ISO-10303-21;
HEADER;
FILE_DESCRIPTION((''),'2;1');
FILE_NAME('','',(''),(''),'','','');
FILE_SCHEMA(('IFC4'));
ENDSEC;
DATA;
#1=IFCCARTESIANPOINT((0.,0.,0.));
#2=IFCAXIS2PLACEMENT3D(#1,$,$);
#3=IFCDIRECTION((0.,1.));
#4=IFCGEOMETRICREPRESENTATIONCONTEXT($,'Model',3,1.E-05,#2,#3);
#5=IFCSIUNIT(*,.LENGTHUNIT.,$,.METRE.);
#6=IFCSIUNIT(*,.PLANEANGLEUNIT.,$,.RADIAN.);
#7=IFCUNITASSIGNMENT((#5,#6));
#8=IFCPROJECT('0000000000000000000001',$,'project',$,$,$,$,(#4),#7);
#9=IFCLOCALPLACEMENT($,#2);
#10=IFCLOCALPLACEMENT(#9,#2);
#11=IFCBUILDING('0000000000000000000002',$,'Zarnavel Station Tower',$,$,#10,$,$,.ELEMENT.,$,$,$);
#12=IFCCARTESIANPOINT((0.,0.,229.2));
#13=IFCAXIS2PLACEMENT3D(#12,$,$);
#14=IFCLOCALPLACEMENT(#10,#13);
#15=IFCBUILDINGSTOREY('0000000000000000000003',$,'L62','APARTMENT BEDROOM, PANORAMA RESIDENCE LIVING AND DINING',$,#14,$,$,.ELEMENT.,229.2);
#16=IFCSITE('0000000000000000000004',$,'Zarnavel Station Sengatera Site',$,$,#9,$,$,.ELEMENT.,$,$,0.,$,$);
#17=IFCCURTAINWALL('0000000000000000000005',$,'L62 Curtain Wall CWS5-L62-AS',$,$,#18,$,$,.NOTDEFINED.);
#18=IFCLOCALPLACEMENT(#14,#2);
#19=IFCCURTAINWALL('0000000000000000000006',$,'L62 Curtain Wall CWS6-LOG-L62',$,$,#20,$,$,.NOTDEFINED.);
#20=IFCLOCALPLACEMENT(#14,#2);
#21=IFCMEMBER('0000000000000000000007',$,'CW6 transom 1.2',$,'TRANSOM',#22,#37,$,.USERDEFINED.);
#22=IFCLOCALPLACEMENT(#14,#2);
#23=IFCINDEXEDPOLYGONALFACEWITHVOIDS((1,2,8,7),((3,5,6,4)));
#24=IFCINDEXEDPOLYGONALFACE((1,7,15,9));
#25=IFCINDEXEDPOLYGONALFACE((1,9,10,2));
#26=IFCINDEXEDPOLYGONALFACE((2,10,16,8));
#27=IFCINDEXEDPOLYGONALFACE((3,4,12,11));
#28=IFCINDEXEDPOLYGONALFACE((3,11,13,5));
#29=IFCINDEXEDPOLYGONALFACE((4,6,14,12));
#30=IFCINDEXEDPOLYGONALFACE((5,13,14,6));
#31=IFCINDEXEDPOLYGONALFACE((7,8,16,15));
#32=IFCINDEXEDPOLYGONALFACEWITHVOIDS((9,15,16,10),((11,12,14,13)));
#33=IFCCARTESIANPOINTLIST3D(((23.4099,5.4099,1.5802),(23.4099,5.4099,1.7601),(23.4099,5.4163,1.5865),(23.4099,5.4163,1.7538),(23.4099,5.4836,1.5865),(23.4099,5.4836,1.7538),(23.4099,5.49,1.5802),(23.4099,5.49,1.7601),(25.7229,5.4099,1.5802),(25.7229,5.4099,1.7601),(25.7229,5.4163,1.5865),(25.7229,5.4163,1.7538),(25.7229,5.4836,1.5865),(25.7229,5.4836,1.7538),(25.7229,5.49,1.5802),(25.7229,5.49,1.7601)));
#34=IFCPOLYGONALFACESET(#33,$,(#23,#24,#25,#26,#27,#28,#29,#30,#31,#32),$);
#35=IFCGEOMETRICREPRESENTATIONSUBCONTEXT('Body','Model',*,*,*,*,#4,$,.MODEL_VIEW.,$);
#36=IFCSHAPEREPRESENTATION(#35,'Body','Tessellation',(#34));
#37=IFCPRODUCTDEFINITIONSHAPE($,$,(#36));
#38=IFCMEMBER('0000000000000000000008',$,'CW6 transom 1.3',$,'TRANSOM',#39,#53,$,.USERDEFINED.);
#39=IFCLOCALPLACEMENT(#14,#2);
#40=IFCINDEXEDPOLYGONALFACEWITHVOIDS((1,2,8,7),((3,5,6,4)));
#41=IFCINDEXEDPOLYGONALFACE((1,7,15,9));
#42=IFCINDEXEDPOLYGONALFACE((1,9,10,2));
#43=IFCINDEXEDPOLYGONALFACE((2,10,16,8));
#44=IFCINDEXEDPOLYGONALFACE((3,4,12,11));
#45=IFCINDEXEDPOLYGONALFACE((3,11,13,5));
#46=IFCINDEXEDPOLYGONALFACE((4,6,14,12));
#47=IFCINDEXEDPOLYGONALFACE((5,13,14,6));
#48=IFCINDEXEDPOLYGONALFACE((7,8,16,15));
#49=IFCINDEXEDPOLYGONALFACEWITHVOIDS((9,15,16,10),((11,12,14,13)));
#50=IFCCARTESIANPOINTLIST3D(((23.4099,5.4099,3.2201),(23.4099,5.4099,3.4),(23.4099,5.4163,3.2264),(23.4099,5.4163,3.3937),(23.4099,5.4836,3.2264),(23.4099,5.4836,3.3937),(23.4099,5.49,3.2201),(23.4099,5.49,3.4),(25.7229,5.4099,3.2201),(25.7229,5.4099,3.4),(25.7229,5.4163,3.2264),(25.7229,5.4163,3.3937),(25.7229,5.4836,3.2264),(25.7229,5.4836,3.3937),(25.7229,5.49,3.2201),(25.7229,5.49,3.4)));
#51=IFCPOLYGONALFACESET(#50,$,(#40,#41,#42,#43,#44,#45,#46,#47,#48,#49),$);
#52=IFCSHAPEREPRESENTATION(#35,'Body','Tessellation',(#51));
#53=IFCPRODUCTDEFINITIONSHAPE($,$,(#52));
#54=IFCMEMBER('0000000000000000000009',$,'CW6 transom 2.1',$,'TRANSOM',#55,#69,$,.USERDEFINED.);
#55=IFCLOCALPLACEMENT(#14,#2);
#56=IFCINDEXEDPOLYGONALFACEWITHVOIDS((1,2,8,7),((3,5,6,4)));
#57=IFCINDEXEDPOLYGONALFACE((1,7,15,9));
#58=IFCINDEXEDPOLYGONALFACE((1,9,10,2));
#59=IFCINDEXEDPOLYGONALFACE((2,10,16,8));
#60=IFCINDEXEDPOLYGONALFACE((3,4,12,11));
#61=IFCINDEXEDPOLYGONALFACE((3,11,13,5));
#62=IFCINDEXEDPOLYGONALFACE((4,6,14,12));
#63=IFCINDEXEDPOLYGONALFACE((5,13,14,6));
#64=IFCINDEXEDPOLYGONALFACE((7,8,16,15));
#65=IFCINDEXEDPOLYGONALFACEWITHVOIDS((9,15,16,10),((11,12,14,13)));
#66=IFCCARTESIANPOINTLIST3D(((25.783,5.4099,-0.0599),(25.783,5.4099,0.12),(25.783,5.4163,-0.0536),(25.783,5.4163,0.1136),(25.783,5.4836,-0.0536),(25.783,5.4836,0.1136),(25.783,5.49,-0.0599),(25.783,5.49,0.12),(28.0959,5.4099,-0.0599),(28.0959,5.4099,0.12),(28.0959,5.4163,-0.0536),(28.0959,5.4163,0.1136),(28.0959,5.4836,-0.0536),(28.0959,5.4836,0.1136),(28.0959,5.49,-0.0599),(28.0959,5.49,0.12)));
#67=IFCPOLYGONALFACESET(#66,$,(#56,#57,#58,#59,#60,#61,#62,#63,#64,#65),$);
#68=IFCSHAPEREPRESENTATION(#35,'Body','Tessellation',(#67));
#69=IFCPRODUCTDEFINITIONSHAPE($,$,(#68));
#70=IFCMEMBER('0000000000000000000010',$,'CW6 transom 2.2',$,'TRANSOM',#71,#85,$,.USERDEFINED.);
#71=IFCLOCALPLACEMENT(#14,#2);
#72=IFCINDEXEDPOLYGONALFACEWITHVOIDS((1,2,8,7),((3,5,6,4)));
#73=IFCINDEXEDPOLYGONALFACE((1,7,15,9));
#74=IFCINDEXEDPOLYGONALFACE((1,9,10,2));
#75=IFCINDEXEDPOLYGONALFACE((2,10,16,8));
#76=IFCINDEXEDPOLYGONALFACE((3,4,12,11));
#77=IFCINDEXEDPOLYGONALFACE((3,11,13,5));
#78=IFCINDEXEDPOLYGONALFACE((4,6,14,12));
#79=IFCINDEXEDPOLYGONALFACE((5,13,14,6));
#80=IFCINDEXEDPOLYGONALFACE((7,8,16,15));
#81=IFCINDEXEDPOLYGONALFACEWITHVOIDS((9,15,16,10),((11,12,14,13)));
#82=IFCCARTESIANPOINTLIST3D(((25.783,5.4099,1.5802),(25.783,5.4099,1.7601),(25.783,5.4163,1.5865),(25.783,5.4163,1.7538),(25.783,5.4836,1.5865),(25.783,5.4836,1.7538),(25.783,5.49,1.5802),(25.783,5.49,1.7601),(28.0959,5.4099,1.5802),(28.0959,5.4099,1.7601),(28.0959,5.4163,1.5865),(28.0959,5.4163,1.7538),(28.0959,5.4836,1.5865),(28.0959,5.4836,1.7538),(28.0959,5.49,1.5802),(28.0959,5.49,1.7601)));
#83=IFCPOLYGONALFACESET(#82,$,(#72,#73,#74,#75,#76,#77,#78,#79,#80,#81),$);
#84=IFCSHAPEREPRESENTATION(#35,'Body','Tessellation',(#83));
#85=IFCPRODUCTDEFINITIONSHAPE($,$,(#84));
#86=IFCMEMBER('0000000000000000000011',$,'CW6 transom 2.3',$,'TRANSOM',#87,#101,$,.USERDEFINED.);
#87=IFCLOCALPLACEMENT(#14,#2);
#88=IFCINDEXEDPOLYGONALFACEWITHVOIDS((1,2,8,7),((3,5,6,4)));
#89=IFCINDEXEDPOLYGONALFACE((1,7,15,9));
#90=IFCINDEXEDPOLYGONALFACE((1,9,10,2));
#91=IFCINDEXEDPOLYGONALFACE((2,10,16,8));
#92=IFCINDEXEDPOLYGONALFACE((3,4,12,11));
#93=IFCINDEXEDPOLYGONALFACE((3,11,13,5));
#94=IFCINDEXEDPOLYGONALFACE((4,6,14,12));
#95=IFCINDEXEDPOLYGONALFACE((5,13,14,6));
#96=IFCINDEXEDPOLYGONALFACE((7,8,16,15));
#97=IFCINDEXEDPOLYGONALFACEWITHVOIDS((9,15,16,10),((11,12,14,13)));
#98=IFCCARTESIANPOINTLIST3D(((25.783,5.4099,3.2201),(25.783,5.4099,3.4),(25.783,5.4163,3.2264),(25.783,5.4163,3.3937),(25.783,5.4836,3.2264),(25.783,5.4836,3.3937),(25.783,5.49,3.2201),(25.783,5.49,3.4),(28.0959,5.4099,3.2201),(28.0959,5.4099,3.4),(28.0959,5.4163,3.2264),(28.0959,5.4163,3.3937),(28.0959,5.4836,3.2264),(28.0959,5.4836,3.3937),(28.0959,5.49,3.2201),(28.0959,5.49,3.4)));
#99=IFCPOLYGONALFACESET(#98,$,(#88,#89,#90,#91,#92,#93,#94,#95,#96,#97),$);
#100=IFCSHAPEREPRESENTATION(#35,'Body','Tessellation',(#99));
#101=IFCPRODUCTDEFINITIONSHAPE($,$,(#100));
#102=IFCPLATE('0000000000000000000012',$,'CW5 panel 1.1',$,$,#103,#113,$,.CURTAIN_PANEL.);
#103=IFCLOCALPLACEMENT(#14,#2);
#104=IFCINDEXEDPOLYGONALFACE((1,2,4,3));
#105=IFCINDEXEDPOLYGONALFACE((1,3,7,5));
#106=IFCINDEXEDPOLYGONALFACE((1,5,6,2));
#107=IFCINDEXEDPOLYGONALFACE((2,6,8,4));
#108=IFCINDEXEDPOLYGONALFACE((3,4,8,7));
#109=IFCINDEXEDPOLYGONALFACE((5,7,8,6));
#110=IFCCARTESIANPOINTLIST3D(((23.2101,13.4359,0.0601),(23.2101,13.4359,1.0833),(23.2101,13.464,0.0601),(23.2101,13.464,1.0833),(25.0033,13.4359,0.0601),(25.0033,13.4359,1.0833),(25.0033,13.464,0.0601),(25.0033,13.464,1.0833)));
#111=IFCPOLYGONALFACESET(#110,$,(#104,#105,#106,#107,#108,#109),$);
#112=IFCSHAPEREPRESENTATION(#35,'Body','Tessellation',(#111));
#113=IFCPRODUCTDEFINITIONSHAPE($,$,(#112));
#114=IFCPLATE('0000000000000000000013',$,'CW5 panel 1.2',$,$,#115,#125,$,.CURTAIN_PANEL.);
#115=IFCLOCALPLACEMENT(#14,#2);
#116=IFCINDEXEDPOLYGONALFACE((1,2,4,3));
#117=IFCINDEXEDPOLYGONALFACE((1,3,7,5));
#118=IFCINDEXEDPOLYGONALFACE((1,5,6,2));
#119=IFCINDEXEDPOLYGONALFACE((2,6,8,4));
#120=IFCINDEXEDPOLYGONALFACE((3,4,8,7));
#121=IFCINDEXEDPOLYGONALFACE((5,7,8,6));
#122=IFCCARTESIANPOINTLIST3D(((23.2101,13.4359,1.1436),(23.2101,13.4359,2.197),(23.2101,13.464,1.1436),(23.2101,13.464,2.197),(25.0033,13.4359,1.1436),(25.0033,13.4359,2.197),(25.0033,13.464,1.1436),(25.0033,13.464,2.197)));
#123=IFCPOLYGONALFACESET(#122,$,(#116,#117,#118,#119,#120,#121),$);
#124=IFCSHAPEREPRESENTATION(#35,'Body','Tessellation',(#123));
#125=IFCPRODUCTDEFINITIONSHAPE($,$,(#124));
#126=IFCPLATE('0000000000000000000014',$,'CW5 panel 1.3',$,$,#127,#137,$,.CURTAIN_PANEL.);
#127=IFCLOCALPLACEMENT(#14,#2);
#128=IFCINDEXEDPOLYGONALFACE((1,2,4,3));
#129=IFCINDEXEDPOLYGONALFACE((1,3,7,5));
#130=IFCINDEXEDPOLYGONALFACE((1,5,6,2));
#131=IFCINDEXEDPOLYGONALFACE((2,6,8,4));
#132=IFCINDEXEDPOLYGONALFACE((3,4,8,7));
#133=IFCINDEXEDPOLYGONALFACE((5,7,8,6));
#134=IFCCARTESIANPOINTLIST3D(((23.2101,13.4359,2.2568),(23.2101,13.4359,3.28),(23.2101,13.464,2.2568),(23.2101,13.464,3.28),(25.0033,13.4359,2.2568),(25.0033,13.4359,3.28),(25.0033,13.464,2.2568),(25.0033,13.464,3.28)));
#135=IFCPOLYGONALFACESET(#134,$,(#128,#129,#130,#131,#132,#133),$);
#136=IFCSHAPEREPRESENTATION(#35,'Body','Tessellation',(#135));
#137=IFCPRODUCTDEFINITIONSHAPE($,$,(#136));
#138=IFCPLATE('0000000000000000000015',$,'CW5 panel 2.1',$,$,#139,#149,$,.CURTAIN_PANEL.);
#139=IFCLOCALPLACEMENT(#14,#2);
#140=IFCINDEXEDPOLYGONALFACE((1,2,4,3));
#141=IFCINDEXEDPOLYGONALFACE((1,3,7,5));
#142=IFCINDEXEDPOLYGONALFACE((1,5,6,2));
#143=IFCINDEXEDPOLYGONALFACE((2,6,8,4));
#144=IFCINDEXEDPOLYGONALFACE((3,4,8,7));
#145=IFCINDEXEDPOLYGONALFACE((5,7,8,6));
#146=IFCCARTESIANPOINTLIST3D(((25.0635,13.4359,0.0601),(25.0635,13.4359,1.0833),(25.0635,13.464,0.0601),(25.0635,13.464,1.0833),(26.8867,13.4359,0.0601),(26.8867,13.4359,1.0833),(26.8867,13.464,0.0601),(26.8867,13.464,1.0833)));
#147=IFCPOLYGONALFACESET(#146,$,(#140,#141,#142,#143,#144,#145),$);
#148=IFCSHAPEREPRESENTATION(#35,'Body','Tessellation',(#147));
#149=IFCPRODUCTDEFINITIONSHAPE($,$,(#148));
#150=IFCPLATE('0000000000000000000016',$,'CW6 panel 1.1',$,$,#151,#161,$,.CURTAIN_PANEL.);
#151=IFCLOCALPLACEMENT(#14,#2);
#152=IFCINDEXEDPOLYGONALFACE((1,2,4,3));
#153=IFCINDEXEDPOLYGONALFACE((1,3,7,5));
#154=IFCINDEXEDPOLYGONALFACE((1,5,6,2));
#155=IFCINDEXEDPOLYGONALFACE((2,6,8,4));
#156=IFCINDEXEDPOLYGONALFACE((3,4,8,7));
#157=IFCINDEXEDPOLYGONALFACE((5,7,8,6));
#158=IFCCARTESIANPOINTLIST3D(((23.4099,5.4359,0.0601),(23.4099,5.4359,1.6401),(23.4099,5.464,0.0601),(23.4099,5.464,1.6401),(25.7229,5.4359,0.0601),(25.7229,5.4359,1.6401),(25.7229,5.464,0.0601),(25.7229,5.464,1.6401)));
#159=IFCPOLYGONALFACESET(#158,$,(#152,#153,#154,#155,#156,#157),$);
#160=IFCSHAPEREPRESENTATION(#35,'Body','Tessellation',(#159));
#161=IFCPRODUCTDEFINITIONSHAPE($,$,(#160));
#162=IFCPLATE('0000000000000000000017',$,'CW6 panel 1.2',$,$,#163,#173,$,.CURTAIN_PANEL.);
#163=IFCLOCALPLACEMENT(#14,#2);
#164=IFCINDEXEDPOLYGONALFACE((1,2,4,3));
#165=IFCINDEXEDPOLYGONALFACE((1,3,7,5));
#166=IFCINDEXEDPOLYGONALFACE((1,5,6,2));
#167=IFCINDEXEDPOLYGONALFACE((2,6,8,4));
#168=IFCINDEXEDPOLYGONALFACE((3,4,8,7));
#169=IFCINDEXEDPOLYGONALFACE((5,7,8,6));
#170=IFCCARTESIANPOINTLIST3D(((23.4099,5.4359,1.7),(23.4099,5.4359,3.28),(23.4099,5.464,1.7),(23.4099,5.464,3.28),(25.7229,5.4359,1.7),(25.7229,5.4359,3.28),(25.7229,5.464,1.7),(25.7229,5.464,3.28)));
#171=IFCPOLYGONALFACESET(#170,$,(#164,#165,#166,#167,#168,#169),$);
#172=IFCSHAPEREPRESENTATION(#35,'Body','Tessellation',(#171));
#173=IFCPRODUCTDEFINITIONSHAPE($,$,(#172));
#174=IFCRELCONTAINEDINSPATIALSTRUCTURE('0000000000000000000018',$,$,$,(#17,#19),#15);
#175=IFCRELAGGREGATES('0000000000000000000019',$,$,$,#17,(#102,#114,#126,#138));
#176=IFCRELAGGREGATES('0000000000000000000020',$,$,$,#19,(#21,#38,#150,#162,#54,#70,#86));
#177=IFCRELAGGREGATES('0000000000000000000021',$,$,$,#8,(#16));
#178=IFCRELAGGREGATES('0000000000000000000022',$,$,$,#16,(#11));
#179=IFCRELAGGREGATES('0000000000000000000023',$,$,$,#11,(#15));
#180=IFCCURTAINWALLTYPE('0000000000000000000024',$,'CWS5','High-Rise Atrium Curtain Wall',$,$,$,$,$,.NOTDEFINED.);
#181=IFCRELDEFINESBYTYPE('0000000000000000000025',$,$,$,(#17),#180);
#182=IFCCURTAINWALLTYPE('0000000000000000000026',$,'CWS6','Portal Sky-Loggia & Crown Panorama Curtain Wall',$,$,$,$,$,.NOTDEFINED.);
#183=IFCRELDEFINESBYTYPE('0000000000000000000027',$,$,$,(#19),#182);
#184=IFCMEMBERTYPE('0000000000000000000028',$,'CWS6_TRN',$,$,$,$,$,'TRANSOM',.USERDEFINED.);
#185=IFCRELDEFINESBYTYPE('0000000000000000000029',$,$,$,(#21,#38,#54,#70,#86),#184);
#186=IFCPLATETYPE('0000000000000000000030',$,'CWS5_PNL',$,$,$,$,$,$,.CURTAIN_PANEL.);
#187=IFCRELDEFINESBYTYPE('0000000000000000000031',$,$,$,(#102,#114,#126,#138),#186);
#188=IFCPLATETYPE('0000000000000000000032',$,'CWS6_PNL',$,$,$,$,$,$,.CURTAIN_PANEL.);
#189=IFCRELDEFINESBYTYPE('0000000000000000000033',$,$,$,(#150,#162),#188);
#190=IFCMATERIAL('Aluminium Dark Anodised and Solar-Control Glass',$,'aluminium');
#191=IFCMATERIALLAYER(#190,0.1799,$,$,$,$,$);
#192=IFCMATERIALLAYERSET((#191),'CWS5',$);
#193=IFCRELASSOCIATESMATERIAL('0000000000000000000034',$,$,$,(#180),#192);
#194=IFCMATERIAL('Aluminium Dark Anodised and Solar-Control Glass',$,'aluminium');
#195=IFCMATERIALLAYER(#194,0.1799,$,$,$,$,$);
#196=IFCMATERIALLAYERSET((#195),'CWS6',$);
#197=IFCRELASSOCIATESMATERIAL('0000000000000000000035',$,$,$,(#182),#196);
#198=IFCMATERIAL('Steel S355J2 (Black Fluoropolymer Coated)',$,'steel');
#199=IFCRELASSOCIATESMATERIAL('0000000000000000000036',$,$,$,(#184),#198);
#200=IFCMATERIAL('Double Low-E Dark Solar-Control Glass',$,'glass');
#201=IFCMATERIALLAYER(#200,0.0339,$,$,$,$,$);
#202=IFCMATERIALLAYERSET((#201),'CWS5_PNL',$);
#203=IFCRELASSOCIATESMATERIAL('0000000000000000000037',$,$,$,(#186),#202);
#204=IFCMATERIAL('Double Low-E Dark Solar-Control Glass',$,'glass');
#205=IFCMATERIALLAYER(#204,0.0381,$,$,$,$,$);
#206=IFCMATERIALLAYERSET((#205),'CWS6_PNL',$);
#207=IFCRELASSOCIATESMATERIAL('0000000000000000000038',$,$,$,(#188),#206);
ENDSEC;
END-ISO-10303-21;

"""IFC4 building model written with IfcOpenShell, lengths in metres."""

from ifc_helpers import new_model, si_unit, direction, frame, origin, origin_2d, place, context, subcontext, project, spatial, rectangle, hollow_rectangle, extrude, material, layer, layer_set, material_profile, profile_set, type_object, element, aggregate, save


model = new_model("IFC4")

# Units and contexts
model_context = context("Model", 3, precision=1e-05, world=origin(), true_north=direction((0.0, 1.0)))
body_context = subcontext(model_context, "Body", "Model", "MODEL_VIEW")
ifc_project = project(units=[si_unit("LENGTHUNIT", "METRE"), si_unit("PLANEANGLEUNIT", "RADIAN")], contexts=[model_context])

# Site, building, storey
site_placement = place(None, origin())
site = spatial("IfcSite", under=ifc_project, at=site_placement, Name="Zarnavel Station Sengatera Site", CompositionType="ELEMENT", RefElevation=0.0)
building_placement = place(site_placement, origin())
building = spatial("IfcBuilding", under=site, at=building_placement, Name="Zarnavel Station Tower", CompositionType="ELEMENT")
storey_placement = place(building_placement, frame((0.0, 0.0, 229.2)))
storey = spatial("IfcBuildingStorey", under=building, at=storey_placement, Name="L62", Description="APARTMENT BEDROOM, PANORAMA RESIDENCE LIVING AND DINING", CompositionType="ELEMENT", Elevation=229.2)

# Curtain walls, members
ifc_material_1 = material(Name="Aluminium Dark Anodised and Solar-Control Glass", Category="aluminium")
ifc_layer_1 = layer(ifc_material_1, 0.1799)
ifc_layer_set_1 = layer_set([ifc_layer_1], Name="CWS5")
curtain_wall_type_1 = type_object("IfcCurtainWallType", Name="CWS5", Description="High-Rise Atrium Curtain Wall", PredefinedType="NOTDEFINED", material=ifc_layer_set_1)
curtain_wall_1_placement = place(storey_placement, origin())
curtain_wall_1 = element("IfcCurtainWall", 1, at=curtain_wall_1_placement, inside=storey, type_object=curtain_wall_type_1, Name="L62 Curtain Wall CWS5-L62-AS", PredefinedType="NOTDEFINED")
ifc_material_2 = material(Name="Aluminium Dark Anodised and Solar-Control Glass", Category="aluminium")
ifc_layer_2 = layer(ifc_material_2, 0.1799)
ifc_layer_set_2 = layer_set([ifc_layer_2], Name="CWS6")
curtain_wall_type_2 = type_object("IfcCurtainWallType", Name="CWS6", Description="Portal Sky-Loggia & Crown Panorama Curtain Wall", PredefinedType="NOTDEFINED", material=ifc_layer_set_2)
curtain_wall_2_placement = place(storey_placement, origin())
curtain_wall_2 = element("IfcCurtainWall", 2, at=curtain_wall_2_placement, inside=storey, type_object=curtain_wall_type_2, Name="L62 Curtain Wall CWS6-LOG-L62", PredefinedType="NOTDEFINED")
ifc_material_3 = material(Name="Steel S355J2 (Black Fluoropolymer Coated)", Category="steel")
ifc_material_profile_1 = material_profile(ifc_material_3, hollow_rectangle(XDim=0.0801, YDim=0.1799, WallThickness=0.0063, at=origin_2d()), Name="RHS180x80x6.3")
ifc_profile_set_1 = profile_set([ifc_material_profile_1], Name="Steel S355J2 (Black Fluoropolymer Coated)")
member_type_1 = type_object("IfcMemberType", Name="CWS6_TRN", ElementType="TRANSOM", PredefinedType="USERDEFINED", material=ifc_profile_set_1)
member_1_placement = place(storey_placement, frame((23.4099, 5.45, 1.6702), z_axis=(1.0, 0.0, 0.0), x_axis=(0.0, 1.0, 0.0)))
member_1 = element("IfcMember", 3, at=member_1_placement, type_object=member_type_1, Name="CW6 transom 1.2", ObjectType="TRANSOM", PredefinedType="USERDEFINED", context=body_context, shape_type="SweptSolid", body=[
    extrude(hollow_rectangle(XDim=0.0801, YDim=0.1799, WallThickness=0.0063, at=origin_2d()), origin(), (0.0, 0.0, 1.0), 2.313),
])
member_2_placement = place(storey_placement, frame((23.4099, 5.45, 3.3101), z_axis=(1.0, 0.0, 0.0), x_axis=(0.0, 1.0, 0.0)))
member_2 = element("IfcMember", 4, at=member_2_placement, type_object=member_type_1, Name="CW6 transom 1.3", ObjectType="TRANSOM", PredefinedType="USERDEFINED", context=body_context, shape_type="SweptSolid", body=[
    extrude(hollow_rectangle(XDim=0.0801, YDim=0.1799, WallThickness=0.0063, at=origin_2d()), origin(), (0.0, 0.0, 1.0), 2.313),
])
member_3_placement = place(storey_placement, frame((25.783, 5.45, 0.03), z_axis=(1.0, 0.0, 0.0), x_axis=(0.0, 1.0, 0.0)))
member_3 = element("IfcMember", 5, at=member_3_placement, type_object=member_type_1, Name="CW6 transom 2.1", ObjectType="TRANSOM", PredefinedType="USERDEFINED", context=body_context, shape_type="SweptSolid", body=[
    extrude(hollow_rectangle(XDim=0.0801, YDim=0.1799, WallThickness=0.0063, at=origin_2d()), origin(), (0.0, 0.0, 1.0), 2.313),
])
member_4_placement = place(storey_placement, frame((25.783, 5.45, 1.6702), z_axis=(1.0, 0.0, 0.0), x_axis=(0.0, 1.0, 0.0)))
member_4 = element("IfcMember", 6, at=member_4_placement, type_object=member_type_1, Name="CW6 transom 2.2", ObjectType="TRANSOM", PredefinedType="USERDEFINED", context=body_context, shape_type="SweptSolid", body=[
    extrude(hollow_rectangle(XDim=0.0801, YDim=0.1799, WallThickness=0.0063, at=origin_2d()), origin(), (0.0, 0.0, 1.0), 2.313),
])
member_5_placement = place(storey_placement, frame((25.783, 5.45, 3.3101), z_axis=(1.0, 0.0, 0.0), x_axis=(0.0, 1.0, 0.0)))
member_5 = element("IfcMember", 7, at=member_5_placement, type_object=member_type_1, Name="CW6 transom 2.3", ObjectType="TRANSOM", PredefinedType="USERDEFINED", context=body_context, shape_type="SweptSolid", body=[
    extrude(hollow_rectangle(XDim=0.0801, YDim=0.1799, WallThickness=0.0063, at=origin_2d()), origin(), (0.0, 0.0, 1.0), 2.313),
])

# Plates
ifc_material_4 = material(Name="Double Low-E Dark Solar-Control Glass", Category="glass")
ifc_layer_3 = layer(ifc_material_4, 0.0339)
ifc_layer_set_3 = layer_set([ifc_layer_3], Name="CWS5_PNL")
plate_type_1 = type_object("IfcPlateType", Name="CWS5_PNL", PredefinedType="CURTAIN_PANEL", material=ifc_layer_set_3)
plate_1_placement = place(storey_placement, frame((24.1067, 13.45, 0.0601), z_axis=(0.0, 0.0, 1.0), x_axis=(1.0, 0.0, 0.0)))
plate_1 = element("IfcPlate", 8, at=plate_1_placement, type_object=plate_type_1, Name="CW5 panel 1.1", PredefinedType="CURTAIN_PANEL", context=body_context, shape_type="SweptSolid", body=[
    extrude(rectangle(XDim=1.7932, YDim=0.0281, at=origin_2d()), origin(), (0.0, 0.0, 1.0), 1.0232),
])
plate_2_placement = place(storey_placement, frame((24.1067, 13.45, 1.1436), z_axis=(0.0, 0.0, 1.0), x_axis=(1.0, 0.0, 0.0)))
plate_2 = element("IfcPlate", 9, at=plate_2_placement, type_object=plate_type_1, Name="CW5 panel 1.2", PredefinedType="CURTAIN_PANEL", context=body_context, shape_type="SweptSolid", body=[
    extrude(rectangle(XDim=1.7932, YDim=0.0281, at=origin_2d()), origin(), (0.0, 0.0, 1.0), 1.0535),
])
plate_3_placement = place(storey_placement, frame((24.1067, 13.45, 2.2568), z_axis=(0.0, 0.0, 1.0), x_axis=(1.0, 0.0, 0.0)))
plate_3 = element("IfcPlate", 10, at=plate_3_placement, type_object=plate_type_1, Name="CW5 panel 1.3", PredefinedType="CURTAIN_PANEL", context=body_context, shape_type="SweptSolid", body=[
    extrude(rectangle(XDim=1.7932, YDim=0.0281, at=origin_2d()), origin(), (0.0, 0.0, 1.0), 1.0232),
])
plate_4_placement = place(storey_placement, frame((25.9751, 13.45, 0.0601), z_axis=(0.0, 0.0, 1.0), x_axis=(1.0, 0.0, 0.0)))
plate_4 = element("IfcPlate", 11, at=plate_4_placement, type_object=plate_type_1, Name="CW5 panel 2.1", PredefinedType="CURTAIN_PANEL", context=body_context, shape_type="SweptSolid", body=[
    extrude(rectangle(XDim=1.8232, YDim=0.0281, at=origin_2d()), origin(), (0.0, 0.0, 1.0), 1.0232),
])
aggregate(curtain_wall_1, [plate_1, plate_2, plate_3, plate_4])
ifc_material_5 = material(Name="Double Low-E Dark Solar-Control Glass", Category="glass")
ifc_layer_4 = layer(ifc_material_5, 0.0381)
ifc_layer_set_4 = layer_set([ifc_layer_4], Name="CWS6_PNL")
plate_type_2 = type_object("IfcPlateType", Name="CWS6_PNL", PredefinedType="CURTAIN_PANEL", material=ifc_layer_set_4)
plate_5_placement = place(storey_placement, frame((24.5664, 5.45, 0.0601), z_axis=(0.0, 0.0, 1.0), x_axis=(1.0, 0.0, 0.0)))
plate_5 = element("IfcPlate", 12, at=plate_5_placement, type_object=plate_type_2, Name="CW6 panel 1.1", PredefinedType="CURTAIN_PANEL", context=body_context, shape_type="SweptSolid", body=[
    extrude(rectangle(XDim=2.313, YDim=0.0281, at=origin_2d()), origin(), (0.0, 0.0, 1.0), 1.5801),
])
plate_6_placement = place(storey_placement, frame((24.5664, 5.45, 1.7), z_axis=(0.0, 0.0, 1.0), x_axis=(1.0, 0.0, 0.0)))
plate_6 = element("IfcPlate", 13, at=plate_6_placement, type_object=plate_type_2, Name="CW6 panel 1.2", PredefinedType="CURTAIN_PANEL", context=body_context, shape_type="SweptSolid", body=[
    extrude(rectangle(XDim=2.313, YDim=0.0281, at=origin_2d()), origin(), (0.0, 0.0, 1.0), 1.5801),
])
aggregate(curtain_wall_2, [member_1, member_2, plate_5, plate_6, member_3, member_4, member_5])

save(model, "model.ifc")
